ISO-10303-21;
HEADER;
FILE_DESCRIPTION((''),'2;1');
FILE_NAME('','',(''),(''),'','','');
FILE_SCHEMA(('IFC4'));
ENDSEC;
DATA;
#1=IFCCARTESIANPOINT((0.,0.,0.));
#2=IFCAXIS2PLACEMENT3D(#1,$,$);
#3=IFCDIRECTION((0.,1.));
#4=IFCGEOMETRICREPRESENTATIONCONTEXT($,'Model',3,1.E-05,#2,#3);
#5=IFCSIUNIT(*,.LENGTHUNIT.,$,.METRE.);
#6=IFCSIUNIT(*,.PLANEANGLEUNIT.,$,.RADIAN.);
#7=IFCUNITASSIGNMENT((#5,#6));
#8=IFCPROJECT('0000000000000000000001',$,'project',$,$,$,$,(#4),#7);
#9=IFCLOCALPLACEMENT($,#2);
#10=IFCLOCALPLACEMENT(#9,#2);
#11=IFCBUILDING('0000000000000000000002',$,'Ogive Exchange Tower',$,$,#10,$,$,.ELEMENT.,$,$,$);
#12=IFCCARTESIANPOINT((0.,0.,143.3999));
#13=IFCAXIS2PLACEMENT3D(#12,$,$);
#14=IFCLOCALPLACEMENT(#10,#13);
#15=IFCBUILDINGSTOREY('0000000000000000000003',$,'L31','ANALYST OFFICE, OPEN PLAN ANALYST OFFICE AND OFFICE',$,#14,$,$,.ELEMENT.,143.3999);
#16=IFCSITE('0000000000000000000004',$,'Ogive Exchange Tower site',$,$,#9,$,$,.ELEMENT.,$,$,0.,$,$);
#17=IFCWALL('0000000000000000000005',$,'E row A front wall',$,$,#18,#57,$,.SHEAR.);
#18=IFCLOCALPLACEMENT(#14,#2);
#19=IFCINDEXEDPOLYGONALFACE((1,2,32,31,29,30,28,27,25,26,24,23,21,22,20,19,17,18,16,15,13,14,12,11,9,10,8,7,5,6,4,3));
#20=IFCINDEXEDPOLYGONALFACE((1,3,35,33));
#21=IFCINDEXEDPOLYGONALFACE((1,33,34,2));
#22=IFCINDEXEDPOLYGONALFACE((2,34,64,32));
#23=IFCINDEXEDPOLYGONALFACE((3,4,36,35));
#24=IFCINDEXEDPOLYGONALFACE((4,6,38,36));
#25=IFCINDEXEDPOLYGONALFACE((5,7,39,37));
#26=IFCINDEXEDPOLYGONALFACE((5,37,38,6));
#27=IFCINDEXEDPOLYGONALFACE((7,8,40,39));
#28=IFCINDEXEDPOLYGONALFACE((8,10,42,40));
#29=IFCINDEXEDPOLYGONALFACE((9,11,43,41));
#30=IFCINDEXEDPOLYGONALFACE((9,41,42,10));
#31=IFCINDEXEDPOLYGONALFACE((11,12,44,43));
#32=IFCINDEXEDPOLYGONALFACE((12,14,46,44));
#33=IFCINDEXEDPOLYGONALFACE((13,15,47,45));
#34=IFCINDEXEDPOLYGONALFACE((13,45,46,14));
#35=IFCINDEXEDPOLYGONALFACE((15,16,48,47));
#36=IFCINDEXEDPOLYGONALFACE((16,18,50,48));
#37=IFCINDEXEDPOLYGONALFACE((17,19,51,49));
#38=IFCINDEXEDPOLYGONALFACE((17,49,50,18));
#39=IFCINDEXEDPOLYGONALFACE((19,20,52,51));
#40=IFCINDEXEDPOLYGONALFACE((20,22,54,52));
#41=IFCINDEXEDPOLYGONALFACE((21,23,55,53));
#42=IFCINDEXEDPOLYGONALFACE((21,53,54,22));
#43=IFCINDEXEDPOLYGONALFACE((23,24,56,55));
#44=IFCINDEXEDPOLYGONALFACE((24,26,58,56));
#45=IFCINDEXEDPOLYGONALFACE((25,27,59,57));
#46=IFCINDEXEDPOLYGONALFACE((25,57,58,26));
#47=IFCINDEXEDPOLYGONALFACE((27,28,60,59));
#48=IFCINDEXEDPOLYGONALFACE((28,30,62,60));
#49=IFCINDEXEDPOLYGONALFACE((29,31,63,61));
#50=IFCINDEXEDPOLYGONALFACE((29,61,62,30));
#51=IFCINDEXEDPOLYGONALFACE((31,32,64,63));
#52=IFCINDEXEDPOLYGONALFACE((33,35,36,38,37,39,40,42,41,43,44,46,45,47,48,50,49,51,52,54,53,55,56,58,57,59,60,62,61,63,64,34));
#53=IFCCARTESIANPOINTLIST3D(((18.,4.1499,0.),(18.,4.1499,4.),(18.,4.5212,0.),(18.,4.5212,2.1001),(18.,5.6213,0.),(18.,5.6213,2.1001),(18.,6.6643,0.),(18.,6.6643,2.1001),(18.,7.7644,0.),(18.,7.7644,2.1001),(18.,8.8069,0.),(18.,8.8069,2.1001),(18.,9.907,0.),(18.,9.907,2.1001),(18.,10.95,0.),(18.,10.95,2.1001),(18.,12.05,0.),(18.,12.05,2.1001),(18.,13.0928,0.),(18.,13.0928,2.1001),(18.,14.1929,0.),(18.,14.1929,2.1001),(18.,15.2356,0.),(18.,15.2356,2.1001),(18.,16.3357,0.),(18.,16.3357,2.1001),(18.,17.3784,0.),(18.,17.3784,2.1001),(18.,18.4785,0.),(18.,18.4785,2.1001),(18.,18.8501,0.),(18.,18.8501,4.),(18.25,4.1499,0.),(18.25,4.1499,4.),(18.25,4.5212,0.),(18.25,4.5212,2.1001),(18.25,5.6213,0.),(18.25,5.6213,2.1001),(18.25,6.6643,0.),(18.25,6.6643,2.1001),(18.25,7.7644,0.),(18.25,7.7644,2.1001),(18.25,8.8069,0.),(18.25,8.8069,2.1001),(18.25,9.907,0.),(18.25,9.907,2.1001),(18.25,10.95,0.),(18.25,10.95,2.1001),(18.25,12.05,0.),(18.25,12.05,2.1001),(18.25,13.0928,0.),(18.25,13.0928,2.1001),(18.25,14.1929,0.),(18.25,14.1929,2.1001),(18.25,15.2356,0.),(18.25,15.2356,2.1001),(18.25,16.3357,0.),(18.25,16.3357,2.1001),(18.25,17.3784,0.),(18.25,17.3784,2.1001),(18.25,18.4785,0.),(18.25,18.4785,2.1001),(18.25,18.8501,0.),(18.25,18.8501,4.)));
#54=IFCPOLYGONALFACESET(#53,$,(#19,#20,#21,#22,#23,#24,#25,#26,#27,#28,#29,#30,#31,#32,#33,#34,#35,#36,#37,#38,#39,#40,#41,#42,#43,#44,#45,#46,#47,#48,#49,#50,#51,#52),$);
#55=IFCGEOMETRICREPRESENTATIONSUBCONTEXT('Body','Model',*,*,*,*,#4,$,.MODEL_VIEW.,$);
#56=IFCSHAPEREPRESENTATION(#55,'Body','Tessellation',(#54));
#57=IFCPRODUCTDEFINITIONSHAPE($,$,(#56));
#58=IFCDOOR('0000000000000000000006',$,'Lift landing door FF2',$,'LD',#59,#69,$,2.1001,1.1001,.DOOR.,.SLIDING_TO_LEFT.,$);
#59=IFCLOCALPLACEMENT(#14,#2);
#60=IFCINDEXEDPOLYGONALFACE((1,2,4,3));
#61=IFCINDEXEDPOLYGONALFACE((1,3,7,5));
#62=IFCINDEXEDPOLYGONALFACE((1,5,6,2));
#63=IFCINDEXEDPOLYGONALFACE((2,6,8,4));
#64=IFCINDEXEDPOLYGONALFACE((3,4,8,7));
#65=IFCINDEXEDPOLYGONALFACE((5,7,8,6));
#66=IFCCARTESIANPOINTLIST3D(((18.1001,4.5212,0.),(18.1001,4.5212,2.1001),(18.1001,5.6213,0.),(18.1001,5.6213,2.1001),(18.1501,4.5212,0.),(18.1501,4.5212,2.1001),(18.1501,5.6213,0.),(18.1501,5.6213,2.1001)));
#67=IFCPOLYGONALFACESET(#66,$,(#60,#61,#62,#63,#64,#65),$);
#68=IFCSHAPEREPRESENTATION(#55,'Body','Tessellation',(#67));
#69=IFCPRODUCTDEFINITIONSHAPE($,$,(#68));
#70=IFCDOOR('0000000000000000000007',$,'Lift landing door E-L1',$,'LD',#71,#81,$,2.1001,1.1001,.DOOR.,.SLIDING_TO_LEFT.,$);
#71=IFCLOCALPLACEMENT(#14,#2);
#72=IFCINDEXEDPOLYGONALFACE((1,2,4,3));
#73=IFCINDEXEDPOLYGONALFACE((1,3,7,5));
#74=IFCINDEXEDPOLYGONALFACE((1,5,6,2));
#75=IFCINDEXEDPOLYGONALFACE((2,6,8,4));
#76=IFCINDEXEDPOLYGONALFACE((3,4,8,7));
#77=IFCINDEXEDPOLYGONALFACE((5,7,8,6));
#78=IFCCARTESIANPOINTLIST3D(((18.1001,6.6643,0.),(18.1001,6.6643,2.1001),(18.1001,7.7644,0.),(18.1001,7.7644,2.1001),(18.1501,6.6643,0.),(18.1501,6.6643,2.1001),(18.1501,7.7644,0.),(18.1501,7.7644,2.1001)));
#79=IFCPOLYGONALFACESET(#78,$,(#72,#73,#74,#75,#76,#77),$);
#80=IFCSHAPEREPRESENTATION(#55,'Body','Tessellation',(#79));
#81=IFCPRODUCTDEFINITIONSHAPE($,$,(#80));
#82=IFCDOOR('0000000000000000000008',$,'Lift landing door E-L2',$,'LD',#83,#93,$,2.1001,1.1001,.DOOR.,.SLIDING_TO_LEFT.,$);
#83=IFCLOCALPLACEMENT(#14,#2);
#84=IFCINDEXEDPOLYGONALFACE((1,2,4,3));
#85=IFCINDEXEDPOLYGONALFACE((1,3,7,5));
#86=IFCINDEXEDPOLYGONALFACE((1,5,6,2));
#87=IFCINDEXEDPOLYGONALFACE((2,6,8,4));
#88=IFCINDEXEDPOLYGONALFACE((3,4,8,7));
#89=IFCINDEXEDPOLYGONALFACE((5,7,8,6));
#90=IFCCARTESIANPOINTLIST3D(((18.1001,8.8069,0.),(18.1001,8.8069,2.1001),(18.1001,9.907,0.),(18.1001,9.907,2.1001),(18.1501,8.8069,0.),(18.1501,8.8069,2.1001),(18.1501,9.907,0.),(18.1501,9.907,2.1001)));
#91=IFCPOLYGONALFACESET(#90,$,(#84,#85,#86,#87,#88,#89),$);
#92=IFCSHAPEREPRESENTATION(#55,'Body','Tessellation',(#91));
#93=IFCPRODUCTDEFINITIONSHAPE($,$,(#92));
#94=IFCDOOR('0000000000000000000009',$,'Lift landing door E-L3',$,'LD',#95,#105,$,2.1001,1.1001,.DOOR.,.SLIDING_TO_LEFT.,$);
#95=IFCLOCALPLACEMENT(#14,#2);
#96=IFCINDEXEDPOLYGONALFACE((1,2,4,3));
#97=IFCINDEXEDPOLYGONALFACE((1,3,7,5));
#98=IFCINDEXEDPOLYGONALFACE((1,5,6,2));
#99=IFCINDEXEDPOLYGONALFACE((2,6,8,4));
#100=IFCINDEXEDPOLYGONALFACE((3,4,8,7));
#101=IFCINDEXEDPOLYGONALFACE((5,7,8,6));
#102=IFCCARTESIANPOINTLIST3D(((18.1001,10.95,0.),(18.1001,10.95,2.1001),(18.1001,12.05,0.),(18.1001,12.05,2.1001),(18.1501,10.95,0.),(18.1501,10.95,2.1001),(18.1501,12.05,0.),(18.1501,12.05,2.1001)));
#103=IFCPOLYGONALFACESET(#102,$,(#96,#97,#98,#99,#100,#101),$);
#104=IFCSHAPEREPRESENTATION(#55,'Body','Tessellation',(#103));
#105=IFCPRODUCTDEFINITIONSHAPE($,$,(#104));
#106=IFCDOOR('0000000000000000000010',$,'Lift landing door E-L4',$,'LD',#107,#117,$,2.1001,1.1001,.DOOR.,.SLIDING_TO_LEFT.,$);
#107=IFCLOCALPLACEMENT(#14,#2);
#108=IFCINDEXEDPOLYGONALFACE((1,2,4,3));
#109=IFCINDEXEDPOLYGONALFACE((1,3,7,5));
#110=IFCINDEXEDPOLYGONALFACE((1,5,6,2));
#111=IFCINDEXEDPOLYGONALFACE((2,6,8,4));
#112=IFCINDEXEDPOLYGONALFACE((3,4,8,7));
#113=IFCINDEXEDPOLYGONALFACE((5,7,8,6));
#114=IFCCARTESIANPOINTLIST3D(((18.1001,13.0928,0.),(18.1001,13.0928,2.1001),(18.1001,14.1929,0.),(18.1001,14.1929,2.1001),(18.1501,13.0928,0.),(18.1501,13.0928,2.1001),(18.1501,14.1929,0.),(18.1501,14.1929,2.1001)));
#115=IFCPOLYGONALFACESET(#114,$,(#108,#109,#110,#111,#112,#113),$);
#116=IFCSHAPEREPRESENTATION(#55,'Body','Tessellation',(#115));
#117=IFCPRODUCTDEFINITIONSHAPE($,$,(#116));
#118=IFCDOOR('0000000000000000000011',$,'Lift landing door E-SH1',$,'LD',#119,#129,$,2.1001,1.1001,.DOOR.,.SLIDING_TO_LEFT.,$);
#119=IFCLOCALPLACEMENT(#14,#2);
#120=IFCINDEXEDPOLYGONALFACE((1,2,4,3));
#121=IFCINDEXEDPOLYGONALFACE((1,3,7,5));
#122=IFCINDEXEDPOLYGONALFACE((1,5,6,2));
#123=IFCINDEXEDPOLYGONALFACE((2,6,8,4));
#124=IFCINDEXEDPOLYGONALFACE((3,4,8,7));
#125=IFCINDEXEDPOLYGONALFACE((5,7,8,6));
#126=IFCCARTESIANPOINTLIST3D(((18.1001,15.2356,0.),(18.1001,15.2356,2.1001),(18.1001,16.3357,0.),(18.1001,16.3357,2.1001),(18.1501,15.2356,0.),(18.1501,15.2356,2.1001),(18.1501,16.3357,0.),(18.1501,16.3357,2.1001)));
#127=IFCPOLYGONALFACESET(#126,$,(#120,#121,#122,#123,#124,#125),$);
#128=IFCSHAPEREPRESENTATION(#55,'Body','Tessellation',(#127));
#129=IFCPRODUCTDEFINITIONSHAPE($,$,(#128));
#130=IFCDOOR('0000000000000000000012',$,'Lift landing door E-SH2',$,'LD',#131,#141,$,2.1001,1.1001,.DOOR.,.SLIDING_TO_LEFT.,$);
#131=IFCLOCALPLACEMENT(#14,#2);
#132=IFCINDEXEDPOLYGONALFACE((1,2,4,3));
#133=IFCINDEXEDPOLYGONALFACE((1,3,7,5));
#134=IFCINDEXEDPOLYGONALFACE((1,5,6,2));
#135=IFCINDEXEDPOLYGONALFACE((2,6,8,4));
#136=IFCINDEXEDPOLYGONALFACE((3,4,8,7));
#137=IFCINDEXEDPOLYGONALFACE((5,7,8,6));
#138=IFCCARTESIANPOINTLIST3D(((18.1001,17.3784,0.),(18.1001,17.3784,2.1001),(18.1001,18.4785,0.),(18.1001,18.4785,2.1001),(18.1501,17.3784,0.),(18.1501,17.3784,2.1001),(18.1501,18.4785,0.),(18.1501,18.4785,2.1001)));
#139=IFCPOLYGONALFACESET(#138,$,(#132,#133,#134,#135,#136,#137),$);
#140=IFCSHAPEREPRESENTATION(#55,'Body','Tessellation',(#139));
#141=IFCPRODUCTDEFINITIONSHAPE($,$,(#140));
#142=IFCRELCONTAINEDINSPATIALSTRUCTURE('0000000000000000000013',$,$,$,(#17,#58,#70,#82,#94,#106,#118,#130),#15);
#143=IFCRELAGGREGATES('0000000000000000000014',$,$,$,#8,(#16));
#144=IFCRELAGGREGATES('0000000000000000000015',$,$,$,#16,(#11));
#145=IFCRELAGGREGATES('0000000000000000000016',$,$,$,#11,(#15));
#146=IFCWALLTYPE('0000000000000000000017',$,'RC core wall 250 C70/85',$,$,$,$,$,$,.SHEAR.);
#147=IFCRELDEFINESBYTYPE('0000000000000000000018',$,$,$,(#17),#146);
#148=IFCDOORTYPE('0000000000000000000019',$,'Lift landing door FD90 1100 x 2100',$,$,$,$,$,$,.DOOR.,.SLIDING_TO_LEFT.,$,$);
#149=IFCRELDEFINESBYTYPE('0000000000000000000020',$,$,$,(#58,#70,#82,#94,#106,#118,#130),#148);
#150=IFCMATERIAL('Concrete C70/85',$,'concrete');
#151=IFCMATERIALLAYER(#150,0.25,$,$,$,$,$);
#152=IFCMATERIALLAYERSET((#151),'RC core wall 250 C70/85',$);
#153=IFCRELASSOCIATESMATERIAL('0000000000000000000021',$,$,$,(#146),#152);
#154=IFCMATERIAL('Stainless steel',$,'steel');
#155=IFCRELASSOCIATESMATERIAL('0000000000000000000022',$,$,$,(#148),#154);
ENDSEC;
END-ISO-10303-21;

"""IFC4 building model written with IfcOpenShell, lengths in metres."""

from ifc_helpers import new_model, si_unit, direction, frame, frame_2d, origin, place, context, subcontext, project, spatial, rectangle, extrude, material, layer, layer_set, type_object, element, fill, save


model = new_model("IFC4")

# Units and contexts
model_context = context("Model", 3, precision=1e-05, world=origin(), true_north=direction((0.0, 1.0)))
body_context = subcontext(model_context, "Body", "Model", "MODEL_VIEW")
ifc_project = project(units=[si_unit("LENGTHUNIT", "METRE"), si_unit("PLANEANGLEUNIT", "RADIAN")], contexts=[model_context])

# Site, building, storey
site_placement = place(None, origin())
site = spatial("IfcSite", under=ifc_project, at=site_placement, Name="Ogive Exchange Tower site", CompositionType="ELEMENT", RefElevation=0.0)
building_placement = place(site_placement, origin())
building = spatial("IfcBuilding", under=site, at=building_placement, Name="Ogive Exchange Tower", CompositionType="ELEMENT")
storey_placement = place(building_placement, frame((0.0, 0.0, 143.3999)))
storey = spatial("IfcBuildingStorey", under=building, at=storey_placement, Name="L31", Description="ANALYST OFFICE, OPEN PLAN ANALYST OFFICE AND OFFICE", CompositionType="ELEMENT", Elevation=143.3999)

# Shared definitions
ifc_material_1 = material(Name="Concrete C70/85", Category="concrete")
ifc_layer_1 = layer(ifc_material_1, 0.25)
ifc_layer_set_1 = layer_set([ifc_layer_1], Name="RC core wall 250 C70/85")
wall_type_1 = type_object("IfcWallType", Name="RC core wall 250 C70/85", PredefinedType="SHEAR", material=ifc_layer_set_1)

# Wall, openings, doors
wall_1_placement = place(storey_placement, frame((18.125, 4.1499, 0.0), z_axis=(0.0, 0.0, 1.0), x_axis=(0.0, 1.0, 0.0)))
wall_1 = element("IfcWall", 1, at=wall_1_placement, inside=storey, type_object=wall_type_1, Name="E row A front wall", PredefinedType="SHEAR", context=body_context, shape_type="SweptSolid", body=[
    extrude(rectangle(XDim=14.7002, YDim=0.25, at=frame_2d((7.3501, 0.0))), origin(), (0.0, 0.0, 1.0), 4.0),
])
opening_1_placement = place(wall_1_placement, frame((0.3713, 0.0, 0.0)))
opening_1 = element("IfcOpeningElement", 2, at=opening_1_placement, cuts=wall_1, PredefinedType="OPENING", context=body_context, shape_type="SweptSolid", body=[
    extrude(rectangle(XDim=1.1001, YDim=2.1001, at=frame_2d((0.55, 1.05))), frame((0.0, 0.135, 0.0), z_axis=(0.0, -1.0, 0.0), x_axis=(1.0, 0.0, 0.0)), (0.0, 0.0, 1.0), 0.27),
])
opening_2_placement = place(wall_1_placement, frame((2.5144, 0.0, 0.0)))
opening_2 = element("IfcOpeningElement", 3, at=opening_2_placement, cuts=wall_1, PredefinedType="OPENING", context=body_context, shape_type="SweptSolid", body=[
    extrude(rectangle(XDim=1.1001, YDim=2.1001, at=frame_2d((0.55, 1.05))), frame((0.0, 0.135, 0.0), z_axis=(0.0, -1.0, 0.0), x_axis=(1.0, 0.0, 0.0)), (0.0, 0.0, 1.0), 0.27),
])
opening_3_placement = place(wall_1_placement, frame((4.657, 0.0, 0.0)))
opening_3 = element("IfcOpeningElement", 4, at=opening_3_placement, cuts=wall_1, PredefinedType="OPENING", context=body_context, shape_type="SweptSolid", body=[
    extrude(rectangle(XDim=1.1001, YDim=2.1001, at=frame_2d((0.55, 1.05))), frame((0.0, 0.135, 0.0), z_axis=(0.0, -1.0, 0.0), x_axis=(1.0, 0.0, 0.0)), (0.0, 0.0, 1.0), 0.27),
])
opening_4_placement = place(wall_1_placement, frame((6.8, 0.0, 0.0)))
opening_4 = element("IfcOpeningElement", 5, at=opening_4_placement, cuts=wall_1, PredefinedType="OPENING", context=body_context, shape_type="SweptSolid", body=[
    extrude(rectangle(XDim=1.1001, YDim=2.1001, at=frame_2d((0.55, 1.05))), frame((0.0, 0.135, 0.0), z_axis=(0.0, -1.0, 0.0), x_axis=(1.0, 0.0, 0.0)), (0.0, 0.0, 1.0), 0.27),
])
opening_5_placement = place(wall_1_placement, frame((8.9429, 0.0, 0.0)))
opening_5 = element("IfcOpeningElement", 6, at=opening_5_placement, cuts=wall_1, PredefinedType="OPENING", context=body_context, shape_type="SweptSolid", body=[
    extrude(rectangle(XDim=1.1001, YDim=2.1001, at=frame_2d((0.55, 1.05))), frame((0.0, 0.135, 0.0), z_axis=(0.0, -1.0, 0.0), x_axis=(1.0, 0.0, 0.0)), (0.0, 0.0, 1.0), 0.27),
])
opening_6_placement = place(wall_1_placement, frame((11.0857, 0.0, 0.0)))
opening_6 = element("IfcOpeningElement", 7, at=opening_6_placement, cuts=wall_1, PredefinedType="OPENING", context=body_context, shape_type="SweptSolid", body=[
    extrude(rectangle(XDim=1.1001, YDim=2.1001, at=frame_2d((0.55, 1.05))), frame((0.0, 0.135, 0.0), z_axis=(0.0, -1.0, 0.0), x_axis=(1.0, 0.0, 0.0)), (0.0, 0.0, 1.0), 0.27),
])
opening_7_placement = place(wall_1_placement, frame((13.2285, 0.0, 0.0)))
opening_7 = element("IfcOpeningElement", 8, at=opening_7_placement, cuts=wall_1, PredefinedType="OPENING", context=body_context, shape_type="SweptSolid", body=[
    extrude(rectangle(XDim=1.1001, YDim=2.1001, at=frame_2d((0.55, 1.05))), frame((0.0, 0.135, 0.0), z_axis=(0.0, -1.0, 0.0), x_axis=(1.0, 0.0, 0.0)), (0.0, 0.0, 1.0), 0.27),
])
ifc_material_2 = material(Name="Stainless steel", Category="steel")
door_type_1 = type_object("IfcDoorType", Name="Lift landing door FD90 1100 x 2100", OperationType="SLIDING_TO_LEFT", PredefinedType="DOOR", material=ifc_material_2)
door_1_placement = place(opening_1_placement, origin())
door_1 = element("IfcDoor", 9, at=door_1_placement, inside=storey, type_object=door_type_1, Name="Lift landing door FF2", ObjectType="LD", OperationType="SLIDING_TO_LEFT", OverallHeight=2.1001, OverallWidth=1.1001, PredefinedType="DOOR", context=body_context, shape_type="SweptSolid", body=[
    extrude(rectangle(XDim=1.1001, YDim=2.1001, at=frame_2d((0.55, 1.05))), frame((0.0, 0.0249, 0.0), z_axis=(0.0, -1.0, 0.0), x_axis=(1.0, 0.0, 0.0)), (0.0, 0.0, 1.0), 0.05),
])
fill(opening_1, door_1)
door_2_placement = place(opening_2_placement, origin())
door_2 = element("IfcDoor", 10, at=door_2_placement, inside=storey, type_object=door_type_1, Name="Lift landing door E-L1", ObjectType="LD", OperationType="SLIDING_TO_LEFT", OverallHeight=2.1001, OverallWidth=1.1001, PredefinedType="DOOR", context=body_context, shape_type="SweptSolid", body=[
    extrude(rectangle(XDim=1.1001, YDim=2.1001, at=frame_2d((0.55, 1.05))), frame((0.0, 0.0249, 0.0), z_axis=(0.0, -1.0, 0.0), x_axis=(1.0, 0.0, 0.0)), (0.0, 0.0, 1.0), 0.05),
])
fill(opening_2, door_2)
door_3_placement = place(opening_3_placement, origin())
door_3 = element("IfcDoor", 11, at=door_3_placement, inside=storey, type_object=door_type_1, Name="Lift landing door E-L2", ObjectType="LD", OperationType="SLIDING_TO_LEFT", OverallHeight=2.1001, OverallWidth=1.1001, PredefinedType="DOOR", context=body_context, shape_type="SweptSolid", body=[
    extrude(rectangle(XDim=1.1001, YDim=2.1001, at=frame_2d((0.55, 1.05))), frame((0.0, 0.0249, 0.0), z_axis=(0.0, -1.0, 0.0), x_axis=(1.0, 0.0, 0.0)), (0.0, 0.0, 1.0), 0.05),
])
fill(opening_3, door_3)
door_4_placement = place(opening_4_placement, origin())
door_4 = element("IfcDoor", 12, at=door_4_placement, inside=storey, type_object=door_type_1, Name="Lift landing door E-L3", ObjectType="LD", OperationType="SLIDING_TO_LEFT", OverallHeight=2.1001, OverallWidth=1.1001, PredefinedType="DOOR", context=body_context, shape_type="SweptSolid", body=[
    extrude(rectangle(XDim=1.1001, YDim=2.1001, at=frame_2d((0.55, 1.05))), frame((0.0, 0.0249, 0.0), z_axis=(0.0, -1.0, 0.0), x_axis=(1.0, 0.0, 0.0)), (0.0, 0.0, 1.0), 0.05),
])
fill(opening_4, door_4)
door_5_placement = place(opening_5_placement, origin())
door_5 = element("IfcDoor", 13, at=door_5_placement, inside=storey, type_object=door_type_1, Name="Lift landing door E-L4", ObjectType="LD", OperationType="SLIDING_TO_LEFT", OverallHeight=2.1001, OverallWidth=1.1001, PredefinedType="DOOR", context=body_context, shape_type="SweptSolid", body=[
    extrude(rectangle(XDim=1.1001, YDim=2.1001, at=frame_2d((0.55, 1.05))), frame((0.0, 0.0249, 0.0), z_axis=(0.0, -1.0, 0.0), x_axis=(1.0, 0.0, 0.0)), (0.0, 0.0, 1.0), 0.05),
])
fill(opening_5, door_5)
door_6_placement = place(opening_6_placement, origin())
door_6 = element("IfcDoor", 14, at=door_6_placement, inside=storey, type_object=door_type_1, Name="Lift landing door E-SH1", ObjectType="LD", OperationType="SLIDING_TO_LEFT", OverallHeight=2.1001, OverallWidth=1.1001, PredefinedType="DOOR", context=body_context, shape_type="SweptSolid", body=[
    extrude(rectangle(XDim=1.1001, YDim=2.1001, at=frame_2d((0.55, 1.05))), frame((0.0, 0.0249, 0.0), z_axis=(0.0, -1.0, 0.0), x_axis=(1.0, 0.0, 0.0)), (0.0, 0.0, 1.0), 0.05),
])
fill(opening_6, door_6)
door_7_placement = place(opening_7_placement, origin())
door_7 = element("IfcDoor", 15, at=door_7_placement, inside=storey, type_object=door_type_1, Name="Lift landing door E-SH2", ObjectType="LD", OperationType="SLIDING_TO_LEFT", OverallHeight=2.1001, OverallWidth=1.1001, PredefinedType="DOOR", context=body_context, shape_type="SweptSolid", body=[
    extrude(rectangle(XDim=1.1001, YDim=2.1001, at=frame_2d((0.55, 1.05))), frame((0.0, 0.0249, 0.0), z_axis=(0.0, -1.0, 0.0), x_axis=(1.0, 0.0, 0.0)), (0.0, 0.0, 1.0), 0.05),
])
fill(opening_7, door_7)

save(model, "model.ifc")
